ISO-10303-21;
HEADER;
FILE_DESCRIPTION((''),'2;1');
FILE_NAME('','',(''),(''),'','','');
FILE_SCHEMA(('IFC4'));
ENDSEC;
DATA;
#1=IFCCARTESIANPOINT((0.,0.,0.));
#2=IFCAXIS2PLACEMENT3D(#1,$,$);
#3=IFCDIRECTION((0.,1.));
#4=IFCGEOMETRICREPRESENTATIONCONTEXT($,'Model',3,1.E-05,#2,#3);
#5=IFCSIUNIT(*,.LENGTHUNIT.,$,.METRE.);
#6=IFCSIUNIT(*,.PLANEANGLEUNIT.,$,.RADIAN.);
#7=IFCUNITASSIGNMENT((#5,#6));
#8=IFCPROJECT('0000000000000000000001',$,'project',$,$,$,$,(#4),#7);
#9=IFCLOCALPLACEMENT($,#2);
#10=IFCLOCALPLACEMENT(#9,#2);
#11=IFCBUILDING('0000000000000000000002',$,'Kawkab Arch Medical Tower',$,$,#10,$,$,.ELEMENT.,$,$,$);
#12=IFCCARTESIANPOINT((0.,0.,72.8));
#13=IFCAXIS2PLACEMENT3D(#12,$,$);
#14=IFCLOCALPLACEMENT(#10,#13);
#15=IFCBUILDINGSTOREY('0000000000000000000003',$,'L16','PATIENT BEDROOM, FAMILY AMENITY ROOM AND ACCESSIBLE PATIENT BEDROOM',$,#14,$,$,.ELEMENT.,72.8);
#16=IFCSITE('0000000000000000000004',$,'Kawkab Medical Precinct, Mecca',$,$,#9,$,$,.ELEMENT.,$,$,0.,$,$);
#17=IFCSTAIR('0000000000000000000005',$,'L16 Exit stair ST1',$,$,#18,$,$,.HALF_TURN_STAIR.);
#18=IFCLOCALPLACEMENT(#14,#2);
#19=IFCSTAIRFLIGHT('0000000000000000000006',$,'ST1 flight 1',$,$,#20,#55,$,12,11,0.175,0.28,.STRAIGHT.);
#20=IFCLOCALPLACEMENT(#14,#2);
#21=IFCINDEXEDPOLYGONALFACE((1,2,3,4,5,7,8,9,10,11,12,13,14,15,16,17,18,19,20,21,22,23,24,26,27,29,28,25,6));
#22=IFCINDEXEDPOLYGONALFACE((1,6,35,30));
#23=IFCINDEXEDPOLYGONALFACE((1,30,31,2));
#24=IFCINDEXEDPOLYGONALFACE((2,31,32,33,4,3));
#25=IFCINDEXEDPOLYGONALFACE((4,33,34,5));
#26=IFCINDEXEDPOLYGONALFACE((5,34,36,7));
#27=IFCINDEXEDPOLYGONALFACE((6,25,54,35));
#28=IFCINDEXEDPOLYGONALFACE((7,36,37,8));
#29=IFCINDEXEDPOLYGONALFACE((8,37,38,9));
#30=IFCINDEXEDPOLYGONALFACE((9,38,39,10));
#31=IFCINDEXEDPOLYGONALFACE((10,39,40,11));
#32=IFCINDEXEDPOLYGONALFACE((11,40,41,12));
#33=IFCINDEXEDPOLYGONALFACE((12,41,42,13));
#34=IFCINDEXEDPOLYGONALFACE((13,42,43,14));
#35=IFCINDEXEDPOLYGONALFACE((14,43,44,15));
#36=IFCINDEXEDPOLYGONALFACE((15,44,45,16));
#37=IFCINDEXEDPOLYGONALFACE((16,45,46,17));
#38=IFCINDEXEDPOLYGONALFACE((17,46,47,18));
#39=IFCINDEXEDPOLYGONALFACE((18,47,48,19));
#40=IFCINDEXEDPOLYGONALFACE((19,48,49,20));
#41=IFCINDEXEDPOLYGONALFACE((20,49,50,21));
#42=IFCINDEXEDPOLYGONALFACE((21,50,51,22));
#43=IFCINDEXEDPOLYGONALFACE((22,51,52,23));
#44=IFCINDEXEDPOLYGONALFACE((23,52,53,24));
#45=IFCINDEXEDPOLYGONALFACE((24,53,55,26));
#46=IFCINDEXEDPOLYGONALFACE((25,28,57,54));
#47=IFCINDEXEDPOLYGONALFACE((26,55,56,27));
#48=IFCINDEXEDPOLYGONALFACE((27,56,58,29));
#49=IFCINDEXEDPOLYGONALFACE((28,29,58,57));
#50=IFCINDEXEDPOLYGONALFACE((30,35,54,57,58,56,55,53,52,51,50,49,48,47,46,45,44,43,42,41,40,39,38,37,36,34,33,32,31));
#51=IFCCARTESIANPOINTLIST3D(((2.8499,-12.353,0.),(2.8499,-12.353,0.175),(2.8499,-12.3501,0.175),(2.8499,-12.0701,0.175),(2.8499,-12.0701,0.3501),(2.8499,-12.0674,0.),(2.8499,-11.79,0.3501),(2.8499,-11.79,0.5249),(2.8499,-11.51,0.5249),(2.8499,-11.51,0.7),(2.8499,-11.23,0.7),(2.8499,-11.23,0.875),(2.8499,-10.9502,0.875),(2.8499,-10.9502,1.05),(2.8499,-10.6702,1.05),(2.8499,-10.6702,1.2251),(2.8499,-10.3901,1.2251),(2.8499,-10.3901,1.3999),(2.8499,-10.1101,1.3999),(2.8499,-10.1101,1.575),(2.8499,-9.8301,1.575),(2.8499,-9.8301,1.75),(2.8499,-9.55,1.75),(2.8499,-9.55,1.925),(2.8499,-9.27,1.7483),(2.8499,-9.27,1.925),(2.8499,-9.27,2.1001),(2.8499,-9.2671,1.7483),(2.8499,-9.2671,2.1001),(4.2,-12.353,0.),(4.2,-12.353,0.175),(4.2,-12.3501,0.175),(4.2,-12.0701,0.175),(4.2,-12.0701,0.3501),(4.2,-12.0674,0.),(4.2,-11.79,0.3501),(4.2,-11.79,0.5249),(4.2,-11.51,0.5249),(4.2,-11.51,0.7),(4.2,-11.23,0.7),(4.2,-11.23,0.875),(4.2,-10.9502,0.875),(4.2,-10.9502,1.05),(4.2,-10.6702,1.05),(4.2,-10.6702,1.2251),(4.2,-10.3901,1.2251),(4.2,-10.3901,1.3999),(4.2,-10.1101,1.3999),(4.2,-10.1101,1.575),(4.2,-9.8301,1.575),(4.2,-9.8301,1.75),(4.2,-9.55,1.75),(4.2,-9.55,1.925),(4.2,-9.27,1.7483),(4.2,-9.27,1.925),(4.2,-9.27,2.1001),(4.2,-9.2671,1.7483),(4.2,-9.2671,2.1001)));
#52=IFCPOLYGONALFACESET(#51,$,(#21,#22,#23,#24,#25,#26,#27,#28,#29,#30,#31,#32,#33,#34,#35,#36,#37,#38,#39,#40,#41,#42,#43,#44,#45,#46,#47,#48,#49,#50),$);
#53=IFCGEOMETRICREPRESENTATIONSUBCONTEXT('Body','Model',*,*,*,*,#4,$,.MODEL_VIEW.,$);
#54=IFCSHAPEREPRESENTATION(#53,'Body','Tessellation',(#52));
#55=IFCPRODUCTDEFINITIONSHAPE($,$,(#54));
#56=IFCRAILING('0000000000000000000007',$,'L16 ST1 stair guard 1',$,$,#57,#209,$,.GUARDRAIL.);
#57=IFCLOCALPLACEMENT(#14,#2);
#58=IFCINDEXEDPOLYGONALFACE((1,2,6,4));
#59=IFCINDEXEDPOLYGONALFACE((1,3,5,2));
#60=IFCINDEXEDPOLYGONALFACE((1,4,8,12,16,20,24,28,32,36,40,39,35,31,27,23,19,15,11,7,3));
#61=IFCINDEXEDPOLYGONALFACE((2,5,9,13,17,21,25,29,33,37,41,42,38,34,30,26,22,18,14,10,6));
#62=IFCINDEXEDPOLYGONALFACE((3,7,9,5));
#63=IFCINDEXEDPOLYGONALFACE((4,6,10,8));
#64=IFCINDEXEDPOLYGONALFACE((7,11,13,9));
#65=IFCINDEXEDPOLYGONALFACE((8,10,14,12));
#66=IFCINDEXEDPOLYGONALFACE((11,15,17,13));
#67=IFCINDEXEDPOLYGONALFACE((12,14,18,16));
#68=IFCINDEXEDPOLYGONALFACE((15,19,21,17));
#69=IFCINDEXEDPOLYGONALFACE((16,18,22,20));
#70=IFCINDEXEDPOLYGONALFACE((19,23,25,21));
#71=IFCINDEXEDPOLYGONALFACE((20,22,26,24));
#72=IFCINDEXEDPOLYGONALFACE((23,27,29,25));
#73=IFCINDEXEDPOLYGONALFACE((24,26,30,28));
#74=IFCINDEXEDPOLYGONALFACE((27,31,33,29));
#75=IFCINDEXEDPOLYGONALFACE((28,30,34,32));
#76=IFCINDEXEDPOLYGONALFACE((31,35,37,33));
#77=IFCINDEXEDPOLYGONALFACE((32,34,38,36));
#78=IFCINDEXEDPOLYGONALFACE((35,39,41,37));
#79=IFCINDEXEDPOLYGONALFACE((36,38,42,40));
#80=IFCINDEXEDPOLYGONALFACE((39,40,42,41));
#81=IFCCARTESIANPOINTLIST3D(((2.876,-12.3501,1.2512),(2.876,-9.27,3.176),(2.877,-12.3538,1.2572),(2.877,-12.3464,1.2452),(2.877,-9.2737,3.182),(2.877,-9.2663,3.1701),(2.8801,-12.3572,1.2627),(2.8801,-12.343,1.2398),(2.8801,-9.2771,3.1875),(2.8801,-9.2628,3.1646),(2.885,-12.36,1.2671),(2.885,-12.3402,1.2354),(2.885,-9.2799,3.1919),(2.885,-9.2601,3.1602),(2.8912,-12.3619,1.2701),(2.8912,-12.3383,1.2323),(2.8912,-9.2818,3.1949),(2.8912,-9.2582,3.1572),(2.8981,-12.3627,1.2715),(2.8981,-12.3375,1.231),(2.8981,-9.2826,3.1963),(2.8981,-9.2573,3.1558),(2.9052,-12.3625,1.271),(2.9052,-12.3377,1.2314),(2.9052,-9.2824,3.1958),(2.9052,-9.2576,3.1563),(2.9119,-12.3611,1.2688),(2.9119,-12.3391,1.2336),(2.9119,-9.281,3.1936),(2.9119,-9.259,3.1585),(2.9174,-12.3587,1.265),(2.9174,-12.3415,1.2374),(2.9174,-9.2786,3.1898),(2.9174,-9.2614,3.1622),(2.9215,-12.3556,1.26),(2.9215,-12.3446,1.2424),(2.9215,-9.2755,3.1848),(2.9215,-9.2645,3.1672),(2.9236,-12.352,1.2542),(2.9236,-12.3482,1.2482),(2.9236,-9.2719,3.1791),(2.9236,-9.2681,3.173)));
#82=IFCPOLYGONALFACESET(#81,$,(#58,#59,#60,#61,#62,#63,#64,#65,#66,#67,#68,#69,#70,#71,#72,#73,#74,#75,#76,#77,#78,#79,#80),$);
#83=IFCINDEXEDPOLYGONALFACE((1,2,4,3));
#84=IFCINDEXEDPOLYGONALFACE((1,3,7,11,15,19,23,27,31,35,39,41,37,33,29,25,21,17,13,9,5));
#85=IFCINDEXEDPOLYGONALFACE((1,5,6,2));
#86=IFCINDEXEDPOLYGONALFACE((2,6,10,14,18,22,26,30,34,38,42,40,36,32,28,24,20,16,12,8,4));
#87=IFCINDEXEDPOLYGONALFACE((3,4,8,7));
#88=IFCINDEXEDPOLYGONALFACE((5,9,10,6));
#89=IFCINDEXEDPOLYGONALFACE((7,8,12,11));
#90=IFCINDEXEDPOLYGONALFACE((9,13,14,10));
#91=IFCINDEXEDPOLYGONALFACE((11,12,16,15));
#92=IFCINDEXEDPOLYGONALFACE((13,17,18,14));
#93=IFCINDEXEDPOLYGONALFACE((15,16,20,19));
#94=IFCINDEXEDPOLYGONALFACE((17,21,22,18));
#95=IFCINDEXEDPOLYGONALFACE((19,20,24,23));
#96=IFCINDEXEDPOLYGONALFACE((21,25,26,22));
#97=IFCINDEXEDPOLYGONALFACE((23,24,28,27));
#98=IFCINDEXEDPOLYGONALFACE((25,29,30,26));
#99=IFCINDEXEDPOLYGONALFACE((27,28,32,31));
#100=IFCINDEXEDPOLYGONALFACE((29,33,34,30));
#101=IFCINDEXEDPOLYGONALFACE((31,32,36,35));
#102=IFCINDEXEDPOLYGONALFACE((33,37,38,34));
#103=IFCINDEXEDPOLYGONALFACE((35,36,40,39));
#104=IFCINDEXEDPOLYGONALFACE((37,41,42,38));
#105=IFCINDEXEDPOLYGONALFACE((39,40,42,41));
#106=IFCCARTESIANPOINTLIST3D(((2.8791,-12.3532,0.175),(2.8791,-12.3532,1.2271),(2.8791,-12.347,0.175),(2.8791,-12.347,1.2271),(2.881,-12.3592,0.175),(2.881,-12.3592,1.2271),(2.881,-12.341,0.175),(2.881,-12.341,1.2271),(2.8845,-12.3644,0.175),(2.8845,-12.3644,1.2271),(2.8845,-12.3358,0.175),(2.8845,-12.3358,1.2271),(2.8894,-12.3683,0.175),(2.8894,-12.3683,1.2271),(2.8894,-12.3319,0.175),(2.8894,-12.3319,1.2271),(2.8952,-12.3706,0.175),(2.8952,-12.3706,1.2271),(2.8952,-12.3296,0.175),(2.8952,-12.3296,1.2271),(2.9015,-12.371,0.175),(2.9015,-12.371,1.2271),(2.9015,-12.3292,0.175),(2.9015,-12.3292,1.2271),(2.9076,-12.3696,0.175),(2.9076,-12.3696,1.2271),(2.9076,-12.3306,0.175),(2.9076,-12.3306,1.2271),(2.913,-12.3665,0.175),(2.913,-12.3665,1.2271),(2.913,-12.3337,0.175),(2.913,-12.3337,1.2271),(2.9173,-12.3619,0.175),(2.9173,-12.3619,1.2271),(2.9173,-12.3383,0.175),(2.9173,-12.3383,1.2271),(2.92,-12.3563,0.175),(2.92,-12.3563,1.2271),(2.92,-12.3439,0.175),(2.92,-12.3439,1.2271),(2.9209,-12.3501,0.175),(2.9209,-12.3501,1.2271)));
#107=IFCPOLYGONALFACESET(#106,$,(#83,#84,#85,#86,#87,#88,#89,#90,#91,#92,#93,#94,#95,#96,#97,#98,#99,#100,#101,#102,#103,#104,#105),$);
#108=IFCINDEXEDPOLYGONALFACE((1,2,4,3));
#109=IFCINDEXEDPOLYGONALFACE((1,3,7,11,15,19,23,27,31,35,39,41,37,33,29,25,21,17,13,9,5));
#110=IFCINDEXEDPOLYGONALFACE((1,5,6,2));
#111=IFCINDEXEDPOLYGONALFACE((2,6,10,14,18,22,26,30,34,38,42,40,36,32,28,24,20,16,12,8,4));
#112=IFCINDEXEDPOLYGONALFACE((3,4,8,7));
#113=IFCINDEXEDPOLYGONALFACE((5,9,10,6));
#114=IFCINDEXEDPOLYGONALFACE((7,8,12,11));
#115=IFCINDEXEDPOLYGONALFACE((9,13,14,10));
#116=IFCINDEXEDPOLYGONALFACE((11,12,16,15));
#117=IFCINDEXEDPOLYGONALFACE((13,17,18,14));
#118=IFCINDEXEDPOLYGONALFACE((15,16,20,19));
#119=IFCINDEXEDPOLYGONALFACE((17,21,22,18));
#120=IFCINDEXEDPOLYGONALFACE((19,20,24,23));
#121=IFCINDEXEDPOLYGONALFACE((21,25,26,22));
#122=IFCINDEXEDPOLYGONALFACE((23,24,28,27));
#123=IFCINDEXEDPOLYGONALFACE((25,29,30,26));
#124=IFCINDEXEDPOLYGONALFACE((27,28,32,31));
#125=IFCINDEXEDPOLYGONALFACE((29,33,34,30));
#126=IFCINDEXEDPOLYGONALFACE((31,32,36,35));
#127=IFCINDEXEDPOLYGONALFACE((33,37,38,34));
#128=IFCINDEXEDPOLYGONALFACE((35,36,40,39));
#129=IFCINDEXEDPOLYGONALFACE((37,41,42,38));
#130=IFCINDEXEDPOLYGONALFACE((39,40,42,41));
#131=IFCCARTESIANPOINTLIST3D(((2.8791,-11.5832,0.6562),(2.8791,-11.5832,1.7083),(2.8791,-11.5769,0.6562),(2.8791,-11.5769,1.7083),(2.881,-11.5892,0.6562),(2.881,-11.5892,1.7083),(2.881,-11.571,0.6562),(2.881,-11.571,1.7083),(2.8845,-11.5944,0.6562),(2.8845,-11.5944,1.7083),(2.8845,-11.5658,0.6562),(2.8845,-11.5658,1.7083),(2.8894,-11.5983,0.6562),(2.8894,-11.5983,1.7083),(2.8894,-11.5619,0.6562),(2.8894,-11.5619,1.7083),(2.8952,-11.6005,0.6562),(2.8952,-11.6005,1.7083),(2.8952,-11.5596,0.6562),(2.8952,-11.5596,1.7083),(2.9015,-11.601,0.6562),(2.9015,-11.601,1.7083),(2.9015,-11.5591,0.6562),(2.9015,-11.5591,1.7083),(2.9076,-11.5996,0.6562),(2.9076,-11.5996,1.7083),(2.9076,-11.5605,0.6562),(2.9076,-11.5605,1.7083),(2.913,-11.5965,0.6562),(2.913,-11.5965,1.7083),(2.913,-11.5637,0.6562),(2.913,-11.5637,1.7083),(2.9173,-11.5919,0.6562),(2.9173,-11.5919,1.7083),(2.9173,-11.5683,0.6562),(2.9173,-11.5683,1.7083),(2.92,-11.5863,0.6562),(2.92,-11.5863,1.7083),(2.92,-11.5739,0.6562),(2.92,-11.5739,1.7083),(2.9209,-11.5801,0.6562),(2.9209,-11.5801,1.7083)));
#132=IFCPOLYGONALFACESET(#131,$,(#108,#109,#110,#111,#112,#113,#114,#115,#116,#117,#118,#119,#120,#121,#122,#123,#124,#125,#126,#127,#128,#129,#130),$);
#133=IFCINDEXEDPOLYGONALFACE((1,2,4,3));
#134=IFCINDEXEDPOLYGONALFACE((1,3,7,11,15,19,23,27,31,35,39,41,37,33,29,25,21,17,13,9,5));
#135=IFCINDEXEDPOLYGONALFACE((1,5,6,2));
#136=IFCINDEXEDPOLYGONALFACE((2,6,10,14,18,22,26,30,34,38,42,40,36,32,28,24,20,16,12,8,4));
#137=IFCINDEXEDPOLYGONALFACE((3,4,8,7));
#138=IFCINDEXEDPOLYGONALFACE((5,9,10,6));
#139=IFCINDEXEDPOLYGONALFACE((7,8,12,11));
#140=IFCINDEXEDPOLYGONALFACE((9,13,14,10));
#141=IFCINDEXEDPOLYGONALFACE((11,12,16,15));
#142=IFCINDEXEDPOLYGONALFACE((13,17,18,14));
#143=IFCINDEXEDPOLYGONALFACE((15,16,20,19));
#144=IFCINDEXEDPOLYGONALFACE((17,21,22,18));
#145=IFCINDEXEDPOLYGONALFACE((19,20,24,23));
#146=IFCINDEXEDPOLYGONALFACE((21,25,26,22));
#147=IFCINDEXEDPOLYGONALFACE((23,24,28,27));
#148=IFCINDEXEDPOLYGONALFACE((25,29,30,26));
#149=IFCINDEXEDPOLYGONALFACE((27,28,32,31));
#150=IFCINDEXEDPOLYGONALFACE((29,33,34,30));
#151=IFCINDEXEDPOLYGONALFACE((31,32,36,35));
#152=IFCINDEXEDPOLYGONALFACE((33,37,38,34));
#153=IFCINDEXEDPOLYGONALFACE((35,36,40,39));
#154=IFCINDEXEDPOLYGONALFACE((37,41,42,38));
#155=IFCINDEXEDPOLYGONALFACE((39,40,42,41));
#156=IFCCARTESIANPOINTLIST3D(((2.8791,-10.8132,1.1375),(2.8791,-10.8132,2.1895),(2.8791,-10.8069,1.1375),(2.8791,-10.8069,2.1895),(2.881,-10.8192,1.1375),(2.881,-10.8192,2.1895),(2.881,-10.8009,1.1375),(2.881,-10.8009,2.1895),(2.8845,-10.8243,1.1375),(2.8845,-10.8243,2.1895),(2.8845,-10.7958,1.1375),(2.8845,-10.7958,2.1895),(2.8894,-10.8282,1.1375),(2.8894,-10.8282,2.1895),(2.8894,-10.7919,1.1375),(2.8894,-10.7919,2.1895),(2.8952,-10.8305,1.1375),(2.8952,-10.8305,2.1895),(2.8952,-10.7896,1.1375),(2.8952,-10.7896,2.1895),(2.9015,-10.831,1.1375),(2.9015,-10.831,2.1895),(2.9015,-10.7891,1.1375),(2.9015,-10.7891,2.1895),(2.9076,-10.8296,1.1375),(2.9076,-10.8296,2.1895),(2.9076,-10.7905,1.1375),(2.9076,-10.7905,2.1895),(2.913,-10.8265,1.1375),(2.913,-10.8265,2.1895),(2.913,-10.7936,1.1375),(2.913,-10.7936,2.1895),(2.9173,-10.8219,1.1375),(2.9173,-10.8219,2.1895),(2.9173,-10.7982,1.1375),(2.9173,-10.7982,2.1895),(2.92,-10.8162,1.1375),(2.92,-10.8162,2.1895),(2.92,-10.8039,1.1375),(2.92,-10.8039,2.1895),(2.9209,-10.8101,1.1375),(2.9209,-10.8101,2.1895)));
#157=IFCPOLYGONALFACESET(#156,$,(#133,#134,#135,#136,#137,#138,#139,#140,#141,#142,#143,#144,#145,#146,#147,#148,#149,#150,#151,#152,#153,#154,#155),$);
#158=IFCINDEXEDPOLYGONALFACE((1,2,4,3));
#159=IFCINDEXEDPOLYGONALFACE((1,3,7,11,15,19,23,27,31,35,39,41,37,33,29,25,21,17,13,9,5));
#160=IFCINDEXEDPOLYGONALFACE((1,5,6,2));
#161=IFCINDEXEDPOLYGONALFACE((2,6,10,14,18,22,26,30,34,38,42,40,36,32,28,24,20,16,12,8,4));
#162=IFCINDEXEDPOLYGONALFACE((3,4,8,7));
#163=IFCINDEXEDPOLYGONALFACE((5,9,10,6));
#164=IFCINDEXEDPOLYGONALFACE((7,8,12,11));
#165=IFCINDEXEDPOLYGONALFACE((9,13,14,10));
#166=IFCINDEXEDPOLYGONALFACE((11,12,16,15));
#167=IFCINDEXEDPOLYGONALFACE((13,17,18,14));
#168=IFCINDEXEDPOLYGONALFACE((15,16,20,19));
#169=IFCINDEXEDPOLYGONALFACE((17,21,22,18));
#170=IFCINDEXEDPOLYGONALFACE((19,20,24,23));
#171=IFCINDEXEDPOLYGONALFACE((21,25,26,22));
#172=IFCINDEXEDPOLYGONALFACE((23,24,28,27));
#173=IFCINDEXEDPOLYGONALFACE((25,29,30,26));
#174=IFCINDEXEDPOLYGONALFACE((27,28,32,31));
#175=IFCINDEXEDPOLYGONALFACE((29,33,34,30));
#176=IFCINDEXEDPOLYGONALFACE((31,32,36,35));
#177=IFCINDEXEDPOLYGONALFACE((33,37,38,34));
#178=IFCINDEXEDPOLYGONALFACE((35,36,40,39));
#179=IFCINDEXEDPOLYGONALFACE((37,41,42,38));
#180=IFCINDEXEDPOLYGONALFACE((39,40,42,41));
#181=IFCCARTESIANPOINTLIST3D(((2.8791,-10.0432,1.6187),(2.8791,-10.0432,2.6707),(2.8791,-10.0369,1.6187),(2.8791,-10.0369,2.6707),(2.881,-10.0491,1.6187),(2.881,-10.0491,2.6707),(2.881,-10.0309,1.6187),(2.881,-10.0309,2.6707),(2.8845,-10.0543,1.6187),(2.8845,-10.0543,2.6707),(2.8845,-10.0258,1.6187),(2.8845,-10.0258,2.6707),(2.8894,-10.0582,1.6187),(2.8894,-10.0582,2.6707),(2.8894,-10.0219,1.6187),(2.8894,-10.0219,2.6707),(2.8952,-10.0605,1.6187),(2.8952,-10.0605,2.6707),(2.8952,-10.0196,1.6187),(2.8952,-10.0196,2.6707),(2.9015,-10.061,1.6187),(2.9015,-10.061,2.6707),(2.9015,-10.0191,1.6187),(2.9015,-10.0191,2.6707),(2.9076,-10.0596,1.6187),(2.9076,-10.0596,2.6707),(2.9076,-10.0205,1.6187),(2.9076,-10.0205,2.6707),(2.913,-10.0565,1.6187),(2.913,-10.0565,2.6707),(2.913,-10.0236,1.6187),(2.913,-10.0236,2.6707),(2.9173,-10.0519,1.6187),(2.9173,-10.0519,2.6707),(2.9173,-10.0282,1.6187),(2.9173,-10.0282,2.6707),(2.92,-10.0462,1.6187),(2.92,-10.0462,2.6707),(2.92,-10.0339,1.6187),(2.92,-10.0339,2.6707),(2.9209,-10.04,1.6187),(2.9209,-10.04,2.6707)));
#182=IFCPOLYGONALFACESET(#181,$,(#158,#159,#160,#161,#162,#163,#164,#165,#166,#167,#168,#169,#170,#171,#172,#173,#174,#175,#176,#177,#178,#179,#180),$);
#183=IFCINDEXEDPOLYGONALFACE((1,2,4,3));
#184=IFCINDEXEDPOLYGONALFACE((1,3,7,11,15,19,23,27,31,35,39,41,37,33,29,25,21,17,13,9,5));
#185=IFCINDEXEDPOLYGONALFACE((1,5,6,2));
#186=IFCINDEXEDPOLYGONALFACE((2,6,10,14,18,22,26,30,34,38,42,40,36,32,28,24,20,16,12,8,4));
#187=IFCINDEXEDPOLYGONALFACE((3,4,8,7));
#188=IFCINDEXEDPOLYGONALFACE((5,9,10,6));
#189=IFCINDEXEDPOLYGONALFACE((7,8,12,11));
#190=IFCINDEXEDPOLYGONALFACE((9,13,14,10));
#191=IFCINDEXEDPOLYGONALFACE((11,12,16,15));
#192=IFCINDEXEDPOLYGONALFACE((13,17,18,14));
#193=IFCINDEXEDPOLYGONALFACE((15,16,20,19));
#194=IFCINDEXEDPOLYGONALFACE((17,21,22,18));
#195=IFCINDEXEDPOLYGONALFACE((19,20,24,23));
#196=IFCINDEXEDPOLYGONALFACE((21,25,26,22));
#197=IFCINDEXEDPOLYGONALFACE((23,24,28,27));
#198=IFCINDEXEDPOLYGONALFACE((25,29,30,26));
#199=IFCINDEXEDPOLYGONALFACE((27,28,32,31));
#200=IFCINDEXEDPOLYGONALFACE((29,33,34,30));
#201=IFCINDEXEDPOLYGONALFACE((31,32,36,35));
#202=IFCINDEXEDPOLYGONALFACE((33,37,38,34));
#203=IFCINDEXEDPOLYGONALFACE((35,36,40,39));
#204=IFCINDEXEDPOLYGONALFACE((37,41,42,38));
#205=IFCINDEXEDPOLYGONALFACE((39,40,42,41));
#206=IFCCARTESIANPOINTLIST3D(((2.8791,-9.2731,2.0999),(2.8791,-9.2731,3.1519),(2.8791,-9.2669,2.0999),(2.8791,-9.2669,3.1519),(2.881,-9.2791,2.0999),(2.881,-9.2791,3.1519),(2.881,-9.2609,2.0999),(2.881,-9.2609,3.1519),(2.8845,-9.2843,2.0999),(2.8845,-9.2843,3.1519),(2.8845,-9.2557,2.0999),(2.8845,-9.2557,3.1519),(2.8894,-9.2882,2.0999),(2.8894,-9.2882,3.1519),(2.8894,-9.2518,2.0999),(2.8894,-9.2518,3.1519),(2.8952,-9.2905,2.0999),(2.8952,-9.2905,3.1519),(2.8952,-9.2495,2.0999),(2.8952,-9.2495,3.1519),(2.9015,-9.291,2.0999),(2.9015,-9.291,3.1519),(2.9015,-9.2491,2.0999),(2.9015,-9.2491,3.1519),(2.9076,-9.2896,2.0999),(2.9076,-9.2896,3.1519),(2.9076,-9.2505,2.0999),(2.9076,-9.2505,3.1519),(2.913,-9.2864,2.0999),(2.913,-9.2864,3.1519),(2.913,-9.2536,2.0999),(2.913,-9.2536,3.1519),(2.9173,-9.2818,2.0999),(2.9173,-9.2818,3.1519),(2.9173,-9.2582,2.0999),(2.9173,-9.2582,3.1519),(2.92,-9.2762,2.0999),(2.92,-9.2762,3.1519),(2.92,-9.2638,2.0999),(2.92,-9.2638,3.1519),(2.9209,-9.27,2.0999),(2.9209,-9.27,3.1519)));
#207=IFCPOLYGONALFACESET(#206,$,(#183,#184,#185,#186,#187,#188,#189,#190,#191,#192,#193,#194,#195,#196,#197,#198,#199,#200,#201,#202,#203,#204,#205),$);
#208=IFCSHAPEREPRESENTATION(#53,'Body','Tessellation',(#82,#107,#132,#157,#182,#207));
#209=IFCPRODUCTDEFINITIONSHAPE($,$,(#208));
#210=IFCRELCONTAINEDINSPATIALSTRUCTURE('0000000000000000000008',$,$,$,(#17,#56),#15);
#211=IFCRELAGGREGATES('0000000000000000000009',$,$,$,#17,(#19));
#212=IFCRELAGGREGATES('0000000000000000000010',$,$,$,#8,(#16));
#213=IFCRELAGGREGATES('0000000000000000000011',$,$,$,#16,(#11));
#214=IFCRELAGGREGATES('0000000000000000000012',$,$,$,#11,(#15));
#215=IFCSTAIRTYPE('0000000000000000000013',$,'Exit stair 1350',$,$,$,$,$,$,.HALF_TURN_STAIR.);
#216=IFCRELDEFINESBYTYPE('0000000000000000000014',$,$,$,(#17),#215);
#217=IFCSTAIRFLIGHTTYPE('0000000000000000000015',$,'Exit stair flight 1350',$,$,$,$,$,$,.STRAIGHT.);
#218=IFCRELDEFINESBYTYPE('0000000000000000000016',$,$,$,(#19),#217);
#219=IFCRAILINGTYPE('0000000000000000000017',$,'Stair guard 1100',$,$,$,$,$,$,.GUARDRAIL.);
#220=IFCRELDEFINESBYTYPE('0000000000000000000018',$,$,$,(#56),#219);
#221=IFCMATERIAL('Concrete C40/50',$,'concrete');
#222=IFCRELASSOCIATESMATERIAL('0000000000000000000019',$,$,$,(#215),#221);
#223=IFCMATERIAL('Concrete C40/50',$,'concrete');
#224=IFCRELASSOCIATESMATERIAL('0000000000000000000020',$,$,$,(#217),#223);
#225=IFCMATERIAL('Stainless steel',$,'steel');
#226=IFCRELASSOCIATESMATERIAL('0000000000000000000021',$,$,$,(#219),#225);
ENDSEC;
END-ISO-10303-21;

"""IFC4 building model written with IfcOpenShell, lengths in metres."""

from ifc_helpers import new_model, si_unit, direction, frame, origin, origin_2d, place, context, subcontext, project, spatial, polyline, circle, outline, extrude, material, type_object, element, aggregate, save


model = new_model("IFC4")

# Units and contexts
model_context = context("Model", 3, precision=1e-05, world=origin(), true_north=direction((0.0, 1.0)))
body_context = subcontext(model_context, "Body", "Model", "MODEL_VIEW")
ifc_project = project(units=[si_unit("LENGTHUNIT", "METRE"), si_unit("PLANEANGLEUNIT", "RADIAN")], contexts=[model_context])

# Site, building, storey
site_placement = place(None, origin())
site = spatial("IfcSite", under=ifc_project, at=site_placement, Name="Kawkab Medical Precinct, Mecca", CompositionType="ELEMENT", RefElevation=0.0)
building_placement = place(site_placement, origin())
building = spatial("IfcBuilding", under=site, at=building_placement, Name="Kawkab Arch Medical Tower", CompositionType="ELEMENT")
storey_placement = place(building_placement, frame((0.0, 0.0, 72.8)))
storey = spatial("IfcBuildingStorey", under=building, at=storey_placement, Name="L16", Description="PATIENT BEDROOM, FAMILY AMENITY ROOM AND ACCESSIBLE PATIENT BEDROOM", CompositionType="ELEMENT", Elevation=72.8)

# Stair, stair flight
ifc_material_1 = material(Name="Concrete C40/50", Category="concrete")
stair_type = type_object("IfcStairType", Name="Exit stair 1350", PredefinedType="HALF_TURN_STAIR", material=ifc_material_1)
stair_placement = place(storey_placement, origin())
stair = element("IfcStair", 1, at=stair_placement, inside=storey, type_object=stair_type, Name="L16 Exit stair ST1", PredefinedType="HALF_TURN_STAIR")
ifc_material_2 = material(Name="Concrete C40/50", Category="concrete")
stair_flight_type = type_object("IfcStairFlightType", Name="Exit stair flight 1350", PredefinedType="STRAIGHT", material=ifc_material_2)
stair_flight_placement = place(storey_placement, frame((3.5249, -12.3501, 0.0), z_axis=(0.0, 0.0, 1.0), x_axis=(0.0, 1.0, 0.0)))
stair_flight = element("IfcStairFlight", 2, at=stair_flight_placement, type_object=stair_flight_type, Name="ST1 flight 1", NumberOfRisers=12, NumberOfTreads=11, PredefinedType="STRAIGHT", RiserHeight=0.175, TreadLength=0.28, context=body_context, shape_type="SweptSolid", body=[
    extrude(outline(polyline([(-0.0029, 0.0), (-0.0029, 0.175), (0.0, 0.175), (0.28, 0.175), (0.28, 0.3501), (0.5601, 0.3501), (0.5601, 0.5249), (0.8401, 0.5249), (0.8401, 0.7), (1.1201, 0.7), (1.1201, 0.875), (1.3999, 0.875), (1.3999, 1.05), (1.6799, 1.05), (1.6799, 1.2251), (1.96, 1.2251), (1.96, 1.3999), (2.24, 1.3999), (2.24, 1.575), (2.52, 1.575), (2.52, 1.75), (2.8, 1.75), (2.8, 1.925), (3.0801, 1.925), (3.0801, 2.1001), (3.083, 2.1001), (3.083, 1.7483), (3.0801, 1.7483), (0.2827, 0.0), (-0.0029, 0.0)])), frame((0.0, 0.675, 0.0), z_axis=(0.0, -1.0, 0.0), x_axis=(1.0, 0.0, 0.0)), (0.0, 0.0, 1.0), 1.3501),
])
aggregate(stair, [stair_flight])

# Railing
ifc_material_3 = material(Name="Stainless steel", Category="steel")
railing_type = type_object("IfcRailingType", Name="Stair guard 1100", PredefinedType="GUARDRAIL", material=ifc_material_3)
railing_placement = place(storey_placement, frame((2.8999, -12.3501, 0.175)))
element("IfcRailing", 3, at=railing_placement, inside=storey, type_object=railing_type, Name="L16 ST1 stair guard 1", PredefinedType="GUARDRAIL", context=body_context, shape_type="SweptSolid", body=[
    extrude(circle(Radius=0.0239, at=origin_2d()), frame((0.0, 0.0, 1.0762), z_axis=(0.0, 0.848029, 0.529951), x_axis=(-1.0, 0.0, 0.0)), (0.0, 0.0, 1.0), 3.6321),
    extrude(circle(Radius=0.021, at=origin_2d()), origin(), (0.0, 0.0, 1.0), 1.052),
    extrude(circle(Radius=0.021, at=origin_2d()), frame((0.0, 0.77, 0.4812)), (0.0, 0.0, 1.0), 1.052),
    extrude(circle(Radius=0.021, at=origin_2d()), frame((0.0, 1.54, 0.9624)), (0.0, 0.0, 1.0), 1.052),
    extrude(circle(Radius=0.021, at=origin_2d()), frame((0.0, 2.3101, 1.4436)), (0.0, 0.0, 1.0), 1.052),
    extrude(circle(Radius=0.021, at=origin_2d()), frame((0.0, 3.0801, 1.9248)), (0.0, 0.0, 1.0), 1.052),
])

save(model, "model.ifc")
